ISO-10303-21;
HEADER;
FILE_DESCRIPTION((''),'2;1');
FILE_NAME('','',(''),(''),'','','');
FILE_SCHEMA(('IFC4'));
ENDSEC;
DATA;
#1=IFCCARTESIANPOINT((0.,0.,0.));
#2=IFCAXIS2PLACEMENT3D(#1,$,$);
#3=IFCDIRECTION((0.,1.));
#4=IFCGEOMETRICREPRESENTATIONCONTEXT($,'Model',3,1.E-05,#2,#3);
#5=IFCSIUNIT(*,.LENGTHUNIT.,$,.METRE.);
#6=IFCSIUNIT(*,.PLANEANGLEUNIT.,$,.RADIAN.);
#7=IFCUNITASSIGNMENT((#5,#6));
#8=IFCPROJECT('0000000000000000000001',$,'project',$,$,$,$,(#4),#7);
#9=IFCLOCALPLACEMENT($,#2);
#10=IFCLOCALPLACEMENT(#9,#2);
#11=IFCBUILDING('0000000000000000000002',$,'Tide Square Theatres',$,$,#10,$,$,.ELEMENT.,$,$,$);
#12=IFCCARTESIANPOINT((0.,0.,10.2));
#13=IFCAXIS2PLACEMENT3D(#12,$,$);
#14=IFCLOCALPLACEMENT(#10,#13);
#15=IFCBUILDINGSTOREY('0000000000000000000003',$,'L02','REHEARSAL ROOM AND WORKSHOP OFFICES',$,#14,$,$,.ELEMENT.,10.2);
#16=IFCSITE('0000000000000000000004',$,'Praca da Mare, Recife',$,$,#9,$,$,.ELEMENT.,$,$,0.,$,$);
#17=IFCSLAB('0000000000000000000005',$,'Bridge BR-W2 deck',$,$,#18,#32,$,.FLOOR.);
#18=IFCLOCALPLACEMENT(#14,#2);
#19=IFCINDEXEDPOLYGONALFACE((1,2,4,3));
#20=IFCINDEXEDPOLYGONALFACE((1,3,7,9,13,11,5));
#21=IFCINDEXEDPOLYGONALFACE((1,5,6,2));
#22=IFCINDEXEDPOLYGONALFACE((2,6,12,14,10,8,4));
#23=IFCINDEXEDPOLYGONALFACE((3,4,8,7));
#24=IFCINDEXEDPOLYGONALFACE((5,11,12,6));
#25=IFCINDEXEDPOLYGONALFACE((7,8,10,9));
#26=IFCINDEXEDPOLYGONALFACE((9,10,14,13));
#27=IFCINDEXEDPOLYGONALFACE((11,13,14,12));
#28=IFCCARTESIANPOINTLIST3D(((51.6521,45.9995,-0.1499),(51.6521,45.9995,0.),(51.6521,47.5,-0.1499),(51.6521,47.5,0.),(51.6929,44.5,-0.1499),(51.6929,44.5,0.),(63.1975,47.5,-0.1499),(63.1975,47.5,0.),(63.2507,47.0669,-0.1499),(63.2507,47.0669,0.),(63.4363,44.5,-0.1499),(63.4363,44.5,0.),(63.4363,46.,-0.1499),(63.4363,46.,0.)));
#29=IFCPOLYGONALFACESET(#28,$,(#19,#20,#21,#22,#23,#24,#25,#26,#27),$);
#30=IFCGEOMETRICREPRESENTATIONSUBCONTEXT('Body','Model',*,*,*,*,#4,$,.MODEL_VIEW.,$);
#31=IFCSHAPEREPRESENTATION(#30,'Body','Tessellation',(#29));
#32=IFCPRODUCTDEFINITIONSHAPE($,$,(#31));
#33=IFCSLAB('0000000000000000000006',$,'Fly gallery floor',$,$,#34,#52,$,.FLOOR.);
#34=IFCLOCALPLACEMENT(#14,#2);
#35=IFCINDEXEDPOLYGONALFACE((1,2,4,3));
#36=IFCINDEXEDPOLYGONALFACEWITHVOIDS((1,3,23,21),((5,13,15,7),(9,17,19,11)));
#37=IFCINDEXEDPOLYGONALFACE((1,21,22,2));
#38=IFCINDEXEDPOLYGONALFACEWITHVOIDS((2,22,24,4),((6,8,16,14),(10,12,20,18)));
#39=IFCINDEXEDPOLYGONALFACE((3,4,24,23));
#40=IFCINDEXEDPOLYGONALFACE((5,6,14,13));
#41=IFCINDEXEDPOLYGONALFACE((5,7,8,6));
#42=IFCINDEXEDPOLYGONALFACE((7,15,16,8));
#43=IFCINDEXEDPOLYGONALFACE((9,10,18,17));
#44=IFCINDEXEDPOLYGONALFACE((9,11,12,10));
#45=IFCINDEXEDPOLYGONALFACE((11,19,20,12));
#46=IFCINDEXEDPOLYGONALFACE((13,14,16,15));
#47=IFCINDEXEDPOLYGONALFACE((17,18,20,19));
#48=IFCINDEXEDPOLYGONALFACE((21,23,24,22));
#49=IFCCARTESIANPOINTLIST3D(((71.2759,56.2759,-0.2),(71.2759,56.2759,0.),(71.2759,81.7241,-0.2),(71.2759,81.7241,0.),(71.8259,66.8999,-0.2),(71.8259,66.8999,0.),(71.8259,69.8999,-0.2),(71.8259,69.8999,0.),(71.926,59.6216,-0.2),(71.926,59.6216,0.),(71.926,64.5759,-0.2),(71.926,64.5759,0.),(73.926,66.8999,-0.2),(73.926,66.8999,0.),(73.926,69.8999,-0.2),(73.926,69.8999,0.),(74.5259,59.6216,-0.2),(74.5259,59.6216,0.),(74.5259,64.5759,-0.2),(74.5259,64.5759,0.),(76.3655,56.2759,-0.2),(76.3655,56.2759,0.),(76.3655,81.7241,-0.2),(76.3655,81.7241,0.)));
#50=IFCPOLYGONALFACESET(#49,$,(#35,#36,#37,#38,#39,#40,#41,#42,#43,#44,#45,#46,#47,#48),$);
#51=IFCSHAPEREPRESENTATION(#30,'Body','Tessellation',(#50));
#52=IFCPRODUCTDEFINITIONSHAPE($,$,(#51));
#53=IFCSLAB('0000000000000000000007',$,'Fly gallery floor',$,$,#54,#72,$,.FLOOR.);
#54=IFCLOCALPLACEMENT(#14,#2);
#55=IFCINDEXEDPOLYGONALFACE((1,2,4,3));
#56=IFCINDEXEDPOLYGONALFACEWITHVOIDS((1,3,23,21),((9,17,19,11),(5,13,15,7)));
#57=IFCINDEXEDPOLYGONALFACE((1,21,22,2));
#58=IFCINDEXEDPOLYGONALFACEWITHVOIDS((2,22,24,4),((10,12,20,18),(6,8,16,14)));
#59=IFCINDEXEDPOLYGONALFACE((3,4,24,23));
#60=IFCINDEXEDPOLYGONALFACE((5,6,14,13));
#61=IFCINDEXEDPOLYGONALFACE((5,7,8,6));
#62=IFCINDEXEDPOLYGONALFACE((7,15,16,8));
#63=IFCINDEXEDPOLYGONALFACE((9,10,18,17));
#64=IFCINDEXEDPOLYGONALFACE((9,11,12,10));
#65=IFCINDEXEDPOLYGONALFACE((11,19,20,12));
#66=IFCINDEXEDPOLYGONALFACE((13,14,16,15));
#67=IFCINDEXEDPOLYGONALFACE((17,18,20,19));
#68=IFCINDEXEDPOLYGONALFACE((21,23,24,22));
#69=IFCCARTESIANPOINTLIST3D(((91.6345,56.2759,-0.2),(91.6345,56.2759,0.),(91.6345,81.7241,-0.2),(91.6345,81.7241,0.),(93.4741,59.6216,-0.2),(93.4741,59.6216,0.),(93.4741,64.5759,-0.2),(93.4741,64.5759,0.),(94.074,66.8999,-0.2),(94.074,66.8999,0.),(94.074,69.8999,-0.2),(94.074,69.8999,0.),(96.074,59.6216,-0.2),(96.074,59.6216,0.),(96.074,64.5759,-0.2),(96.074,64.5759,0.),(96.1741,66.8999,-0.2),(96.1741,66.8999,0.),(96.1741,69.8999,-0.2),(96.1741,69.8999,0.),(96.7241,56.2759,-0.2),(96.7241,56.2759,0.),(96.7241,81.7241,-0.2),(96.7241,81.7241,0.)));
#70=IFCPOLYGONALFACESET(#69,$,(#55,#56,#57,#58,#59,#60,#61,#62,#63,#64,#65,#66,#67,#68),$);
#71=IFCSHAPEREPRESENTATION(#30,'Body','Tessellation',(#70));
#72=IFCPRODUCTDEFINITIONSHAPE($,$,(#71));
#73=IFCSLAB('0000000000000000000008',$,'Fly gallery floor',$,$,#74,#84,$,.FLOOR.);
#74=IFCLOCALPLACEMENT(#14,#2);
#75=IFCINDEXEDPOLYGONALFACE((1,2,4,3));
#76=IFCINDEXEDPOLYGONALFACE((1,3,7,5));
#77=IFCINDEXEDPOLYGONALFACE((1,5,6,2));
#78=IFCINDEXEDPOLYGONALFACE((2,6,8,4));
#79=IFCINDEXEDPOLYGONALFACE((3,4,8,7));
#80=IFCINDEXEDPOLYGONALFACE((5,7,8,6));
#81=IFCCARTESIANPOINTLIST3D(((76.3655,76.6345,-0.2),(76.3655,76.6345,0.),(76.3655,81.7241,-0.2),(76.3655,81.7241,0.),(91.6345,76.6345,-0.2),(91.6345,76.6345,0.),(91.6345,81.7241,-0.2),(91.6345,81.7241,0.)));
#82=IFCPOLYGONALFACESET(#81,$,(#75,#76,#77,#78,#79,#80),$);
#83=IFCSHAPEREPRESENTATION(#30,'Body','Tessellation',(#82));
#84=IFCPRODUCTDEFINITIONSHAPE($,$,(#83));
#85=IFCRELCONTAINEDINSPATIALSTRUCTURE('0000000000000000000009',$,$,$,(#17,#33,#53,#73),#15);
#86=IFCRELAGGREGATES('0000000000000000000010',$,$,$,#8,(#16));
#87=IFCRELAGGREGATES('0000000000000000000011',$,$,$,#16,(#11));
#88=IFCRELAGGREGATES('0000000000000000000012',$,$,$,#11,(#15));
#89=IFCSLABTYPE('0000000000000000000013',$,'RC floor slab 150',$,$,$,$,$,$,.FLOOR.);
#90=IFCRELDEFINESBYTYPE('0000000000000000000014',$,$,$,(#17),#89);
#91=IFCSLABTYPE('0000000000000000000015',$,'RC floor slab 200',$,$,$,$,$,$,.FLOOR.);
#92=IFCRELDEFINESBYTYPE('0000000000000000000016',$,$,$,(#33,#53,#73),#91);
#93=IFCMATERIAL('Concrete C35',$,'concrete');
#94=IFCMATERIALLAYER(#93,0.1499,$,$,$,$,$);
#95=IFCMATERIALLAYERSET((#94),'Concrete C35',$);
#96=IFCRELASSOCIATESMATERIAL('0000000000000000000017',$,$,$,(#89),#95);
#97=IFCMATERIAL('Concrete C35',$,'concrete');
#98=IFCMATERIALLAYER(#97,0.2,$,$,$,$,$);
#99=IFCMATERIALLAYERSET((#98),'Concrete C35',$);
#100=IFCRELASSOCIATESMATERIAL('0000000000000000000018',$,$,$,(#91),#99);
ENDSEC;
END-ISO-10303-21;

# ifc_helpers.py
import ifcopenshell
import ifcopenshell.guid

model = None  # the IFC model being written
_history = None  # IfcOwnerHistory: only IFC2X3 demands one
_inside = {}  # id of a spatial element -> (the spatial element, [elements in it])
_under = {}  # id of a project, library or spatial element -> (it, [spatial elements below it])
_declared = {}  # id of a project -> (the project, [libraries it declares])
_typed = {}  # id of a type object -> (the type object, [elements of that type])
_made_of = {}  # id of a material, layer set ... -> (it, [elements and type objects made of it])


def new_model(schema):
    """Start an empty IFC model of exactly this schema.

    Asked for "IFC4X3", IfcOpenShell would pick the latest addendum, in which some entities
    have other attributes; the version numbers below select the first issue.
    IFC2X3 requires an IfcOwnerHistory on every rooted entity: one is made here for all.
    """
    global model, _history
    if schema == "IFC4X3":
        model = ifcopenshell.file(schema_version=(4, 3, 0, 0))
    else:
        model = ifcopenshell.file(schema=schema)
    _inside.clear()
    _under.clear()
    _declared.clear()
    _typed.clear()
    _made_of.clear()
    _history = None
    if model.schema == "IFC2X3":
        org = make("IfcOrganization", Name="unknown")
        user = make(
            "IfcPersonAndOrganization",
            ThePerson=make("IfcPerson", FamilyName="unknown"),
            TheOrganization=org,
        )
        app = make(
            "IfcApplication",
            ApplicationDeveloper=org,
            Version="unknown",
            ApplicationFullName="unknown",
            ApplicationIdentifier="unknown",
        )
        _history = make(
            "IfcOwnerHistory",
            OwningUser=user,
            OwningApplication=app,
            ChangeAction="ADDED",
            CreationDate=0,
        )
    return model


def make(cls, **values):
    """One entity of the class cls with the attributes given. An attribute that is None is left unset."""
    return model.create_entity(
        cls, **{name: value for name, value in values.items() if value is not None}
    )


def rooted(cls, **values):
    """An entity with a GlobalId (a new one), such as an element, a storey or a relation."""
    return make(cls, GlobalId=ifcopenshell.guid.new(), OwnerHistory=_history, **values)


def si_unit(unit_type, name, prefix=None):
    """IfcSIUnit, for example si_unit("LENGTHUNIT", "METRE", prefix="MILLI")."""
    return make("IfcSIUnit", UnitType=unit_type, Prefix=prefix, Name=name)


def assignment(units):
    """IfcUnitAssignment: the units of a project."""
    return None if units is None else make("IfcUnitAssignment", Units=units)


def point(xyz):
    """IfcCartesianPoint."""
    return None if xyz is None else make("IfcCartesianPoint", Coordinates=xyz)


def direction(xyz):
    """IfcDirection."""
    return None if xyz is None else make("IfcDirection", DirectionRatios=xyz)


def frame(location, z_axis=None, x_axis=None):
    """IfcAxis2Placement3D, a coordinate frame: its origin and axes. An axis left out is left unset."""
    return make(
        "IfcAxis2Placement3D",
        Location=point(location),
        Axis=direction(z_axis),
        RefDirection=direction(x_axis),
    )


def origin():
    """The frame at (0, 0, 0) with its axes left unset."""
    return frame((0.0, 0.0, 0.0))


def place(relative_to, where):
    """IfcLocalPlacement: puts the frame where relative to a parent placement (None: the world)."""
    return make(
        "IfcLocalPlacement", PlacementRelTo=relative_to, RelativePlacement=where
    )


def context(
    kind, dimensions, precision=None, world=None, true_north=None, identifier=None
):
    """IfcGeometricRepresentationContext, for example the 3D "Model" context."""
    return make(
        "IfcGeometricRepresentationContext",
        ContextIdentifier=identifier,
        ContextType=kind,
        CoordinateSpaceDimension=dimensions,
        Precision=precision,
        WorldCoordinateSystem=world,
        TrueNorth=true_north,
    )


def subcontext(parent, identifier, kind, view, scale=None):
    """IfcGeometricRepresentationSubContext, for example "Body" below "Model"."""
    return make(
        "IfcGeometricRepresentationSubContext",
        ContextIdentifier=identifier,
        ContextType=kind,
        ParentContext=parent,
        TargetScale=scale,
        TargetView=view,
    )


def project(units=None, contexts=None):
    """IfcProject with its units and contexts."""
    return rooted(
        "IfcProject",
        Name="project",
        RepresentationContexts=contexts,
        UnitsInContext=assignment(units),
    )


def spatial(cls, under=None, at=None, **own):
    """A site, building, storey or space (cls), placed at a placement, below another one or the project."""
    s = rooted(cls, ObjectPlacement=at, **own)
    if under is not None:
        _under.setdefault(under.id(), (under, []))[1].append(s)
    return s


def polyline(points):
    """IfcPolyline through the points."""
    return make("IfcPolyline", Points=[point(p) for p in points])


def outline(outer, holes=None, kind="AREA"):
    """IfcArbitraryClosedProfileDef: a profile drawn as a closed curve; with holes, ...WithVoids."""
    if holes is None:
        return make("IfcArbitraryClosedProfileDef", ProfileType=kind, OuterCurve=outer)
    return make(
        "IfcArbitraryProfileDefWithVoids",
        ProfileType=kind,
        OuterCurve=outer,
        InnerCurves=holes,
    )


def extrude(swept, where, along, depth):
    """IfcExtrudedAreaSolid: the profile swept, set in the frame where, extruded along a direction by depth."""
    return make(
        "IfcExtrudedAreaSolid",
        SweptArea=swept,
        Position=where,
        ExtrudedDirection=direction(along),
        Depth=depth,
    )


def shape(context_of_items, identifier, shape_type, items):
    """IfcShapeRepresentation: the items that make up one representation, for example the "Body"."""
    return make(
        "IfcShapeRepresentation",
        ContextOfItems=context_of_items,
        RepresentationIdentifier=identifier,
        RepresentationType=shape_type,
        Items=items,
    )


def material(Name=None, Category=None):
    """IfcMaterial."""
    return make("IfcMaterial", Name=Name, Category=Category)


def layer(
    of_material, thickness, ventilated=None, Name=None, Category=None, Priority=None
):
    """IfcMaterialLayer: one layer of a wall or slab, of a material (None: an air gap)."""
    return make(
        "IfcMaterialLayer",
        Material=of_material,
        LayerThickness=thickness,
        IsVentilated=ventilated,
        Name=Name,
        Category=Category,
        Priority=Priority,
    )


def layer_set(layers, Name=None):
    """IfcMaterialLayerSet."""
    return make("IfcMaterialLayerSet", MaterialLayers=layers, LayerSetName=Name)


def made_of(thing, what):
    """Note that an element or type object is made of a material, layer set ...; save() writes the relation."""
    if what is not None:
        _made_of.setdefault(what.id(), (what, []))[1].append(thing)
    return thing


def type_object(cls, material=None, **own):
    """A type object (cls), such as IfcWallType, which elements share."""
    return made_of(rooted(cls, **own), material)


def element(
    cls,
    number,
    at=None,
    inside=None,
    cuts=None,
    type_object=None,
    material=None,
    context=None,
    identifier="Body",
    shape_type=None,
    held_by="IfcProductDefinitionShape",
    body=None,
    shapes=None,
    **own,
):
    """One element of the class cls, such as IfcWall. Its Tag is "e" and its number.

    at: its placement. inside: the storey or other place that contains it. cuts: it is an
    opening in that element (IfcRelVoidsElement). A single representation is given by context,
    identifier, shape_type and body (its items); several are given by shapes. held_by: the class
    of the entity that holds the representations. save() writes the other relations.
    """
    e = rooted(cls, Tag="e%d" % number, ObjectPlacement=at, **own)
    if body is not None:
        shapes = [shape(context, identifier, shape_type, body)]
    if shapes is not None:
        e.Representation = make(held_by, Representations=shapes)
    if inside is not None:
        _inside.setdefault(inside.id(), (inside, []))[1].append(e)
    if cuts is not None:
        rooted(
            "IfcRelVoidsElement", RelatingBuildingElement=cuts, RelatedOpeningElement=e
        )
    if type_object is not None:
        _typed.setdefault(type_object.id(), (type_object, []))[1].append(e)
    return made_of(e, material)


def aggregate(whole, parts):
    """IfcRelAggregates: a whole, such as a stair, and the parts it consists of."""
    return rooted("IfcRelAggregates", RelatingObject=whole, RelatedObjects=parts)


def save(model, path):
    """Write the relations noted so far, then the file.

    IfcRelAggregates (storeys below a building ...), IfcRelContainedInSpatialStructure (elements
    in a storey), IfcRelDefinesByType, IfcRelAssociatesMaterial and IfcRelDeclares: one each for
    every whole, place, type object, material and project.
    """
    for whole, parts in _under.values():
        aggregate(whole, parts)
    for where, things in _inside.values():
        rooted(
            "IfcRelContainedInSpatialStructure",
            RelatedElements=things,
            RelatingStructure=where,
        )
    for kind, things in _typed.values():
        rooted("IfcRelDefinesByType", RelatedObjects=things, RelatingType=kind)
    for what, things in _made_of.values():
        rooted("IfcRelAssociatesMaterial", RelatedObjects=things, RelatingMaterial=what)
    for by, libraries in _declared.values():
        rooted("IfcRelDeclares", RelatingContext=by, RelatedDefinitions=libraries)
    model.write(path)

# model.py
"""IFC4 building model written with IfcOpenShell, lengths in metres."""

from ifc_helpers import new_model, si_unit, direction, frame, origin, place, context, subcontext, project, spatial, polyline, outline, extrude, material, layer, layer_set, type_object, element, save


model = new_model("IFC4")

# Units and contexts
model_context = context("Model", 3, precision=1e-05, world=origin(), true_north=direction((0.0, 1.0)))
body_context = subcontext(model_context, "Body", "Model", "MODEL_VIEW")
ifc_project = project(units=[si_unit("LENGTHUNIT", "METRE"), si_unit("PLANEANGLEUNIT", "RADIAN")], contexts=[model_context])

# Site, building, storey
site_placement = place(None, origin())
site = spatial("IfcSite", under=ifc_project, at=site_placement, Name="Praca da Mare, Recife", CompositionType="ELEMENT", RefElevation=0.0)
building_placement = place(site_placement, origin())
building = spatial("IfcBuilding", under=site, at=building_placement, Name="Tide Square Theatres", CompositionType="ELEMENT")
storey_placement = place(building_placement, frame((0.0, 0.0, 10.2)))
storey = spatial("IfcBuildingStorey", under=building, at=storey_placement, Name="L02", Description="REHEARSAL ROOM AND WORKSHOP OFFICES", CompositionType="ELEMENT", Elevation=10.2)

# Slabs
ifc_material_1 = material(Name="Concrete C35", Category="concrete")
ifc_layer_1 = layer(ifc_material_1, 0.1499)
ifc_layer_set_1 = layer_set([ifc_layer_1], Name="Concrete C35")
slab_type_1 = type_object("IfcSlabType", Name="RC floor slab 150", PredefinedType="FLOOR", material=ifc_layer_set_1)
slab_1_placement = place(storey_placement, frame((0.0, 0.0, -0.1499)))
element("IfcSlab", 1, at=slab_1_placement, inside=storey, type_object=slab_type_1, Name="Bridge BR-W2 deck", PredefinedType="FLOOR", context=body_context, shape_type="SweptSolid", body=[
    extrude(outline(polyline([(63.2507, 47.0669), (63.1975, 47.5), (51.6521, 47.5), (51.6521, 45.9995), (51.6929, 44.5), (63.4363, 44.5), (63.4363, 46.0), (63.2507, 47.0669)])), origin(), (0.0, 0.0, 1.0), 0.1499),
])
ifc_material_2 = material(Name="Concrete C35", Category="concrete")
ifc_layer_2 = layer(ifc_material_2, 0.2)
ifc_layer_set_2 = layer_set([ifc_layer_2], Name="Concrete C35")
slab_type_2 = type_object("IfcSlabType", Name="RC floor slab 200", PredefinedType="FLOOR", material=ifc_layer_set_2)
slab_2_placement = place(storey_placement, frame((0.0, 0.0, -0.2)))
element("IfcSlab", 2, at=slab_2_placement, inside=storey, type_object=slab_type_2, Name="Fly gallery floor", PredefinedType="FLOOR", context=body_context, shape_type="SweptSolid", body=[
    extrude(outline(polyline([(76.3655, 56.2759), (76.3655, 81.7241), (71.2759, 81.7241), (71.2759, 56.2759), (76.3655, 56.2759)]), holes=[polyline([(71.926, 59.6216), (74.5259, 59.6216), (74.5259, 64.5759), (71.926, 64.5759), (71.926, 59.6216)]), polyline([(71.8259, 66.8999), (73.926, 66.8999), (73.926, 69.8999), (71.8259, 69.8999), (71.8259, 66.8999)])]), origin(), (0.0, 0.0, 1.0), 0.2),
])
slab_3_placement = place(storey_placement, frame((0.0, 0.0, -0.2)))
element("IfcSlab", 3, at=slab_3_placement, inside=storey, type_object=slab_type_2, Name="Fly gallery floor", PredefinedType="FLOOR", context=body_context, shape_type="SweptSolid", body=[
    extrude(outline(polyline([(96.7241, 56.2759), (96.7241, 81.7241), (91.6345, 81.7241), (91.6345, 56.2759), (96.7241, 56.2759)]), holes=[polyline([(93.4741, 59.6216), (96.074, 59.6216), (96.074, 64.5759), (93.4741, 64.5759), (93.4741, 59.6216)]), polyline([(94.074, 66.8999), (96.1741, 66.8999), (96.1741, 69.8999), (94.074, 69.8999), (94.074, 66.8999)])]), origin(), (0.0, 0.0, 1.0), 0.2),
])
slab_4_placement = place(storey_placement, frame((0.0, 0.0, -0.2)))
element("IfcSlab", 4, at=slab_4_placement, inside=storey, type_object=slab_type_2, Name="Fly gallery floor", PredefinedType="FLOOR", context=body_context, shape_type="SweptSolid", body=[
    extrude(outline(polyline([(91.6345, 76.6345), (91.6345, 81.7241), (76.3655, 81.7241), (76.3655, 76.6345), (91.6345, 76.6345)])), origin(), (0.0, 0.0, 1.0), 0.2),
])

save(model, "model.ifc")
